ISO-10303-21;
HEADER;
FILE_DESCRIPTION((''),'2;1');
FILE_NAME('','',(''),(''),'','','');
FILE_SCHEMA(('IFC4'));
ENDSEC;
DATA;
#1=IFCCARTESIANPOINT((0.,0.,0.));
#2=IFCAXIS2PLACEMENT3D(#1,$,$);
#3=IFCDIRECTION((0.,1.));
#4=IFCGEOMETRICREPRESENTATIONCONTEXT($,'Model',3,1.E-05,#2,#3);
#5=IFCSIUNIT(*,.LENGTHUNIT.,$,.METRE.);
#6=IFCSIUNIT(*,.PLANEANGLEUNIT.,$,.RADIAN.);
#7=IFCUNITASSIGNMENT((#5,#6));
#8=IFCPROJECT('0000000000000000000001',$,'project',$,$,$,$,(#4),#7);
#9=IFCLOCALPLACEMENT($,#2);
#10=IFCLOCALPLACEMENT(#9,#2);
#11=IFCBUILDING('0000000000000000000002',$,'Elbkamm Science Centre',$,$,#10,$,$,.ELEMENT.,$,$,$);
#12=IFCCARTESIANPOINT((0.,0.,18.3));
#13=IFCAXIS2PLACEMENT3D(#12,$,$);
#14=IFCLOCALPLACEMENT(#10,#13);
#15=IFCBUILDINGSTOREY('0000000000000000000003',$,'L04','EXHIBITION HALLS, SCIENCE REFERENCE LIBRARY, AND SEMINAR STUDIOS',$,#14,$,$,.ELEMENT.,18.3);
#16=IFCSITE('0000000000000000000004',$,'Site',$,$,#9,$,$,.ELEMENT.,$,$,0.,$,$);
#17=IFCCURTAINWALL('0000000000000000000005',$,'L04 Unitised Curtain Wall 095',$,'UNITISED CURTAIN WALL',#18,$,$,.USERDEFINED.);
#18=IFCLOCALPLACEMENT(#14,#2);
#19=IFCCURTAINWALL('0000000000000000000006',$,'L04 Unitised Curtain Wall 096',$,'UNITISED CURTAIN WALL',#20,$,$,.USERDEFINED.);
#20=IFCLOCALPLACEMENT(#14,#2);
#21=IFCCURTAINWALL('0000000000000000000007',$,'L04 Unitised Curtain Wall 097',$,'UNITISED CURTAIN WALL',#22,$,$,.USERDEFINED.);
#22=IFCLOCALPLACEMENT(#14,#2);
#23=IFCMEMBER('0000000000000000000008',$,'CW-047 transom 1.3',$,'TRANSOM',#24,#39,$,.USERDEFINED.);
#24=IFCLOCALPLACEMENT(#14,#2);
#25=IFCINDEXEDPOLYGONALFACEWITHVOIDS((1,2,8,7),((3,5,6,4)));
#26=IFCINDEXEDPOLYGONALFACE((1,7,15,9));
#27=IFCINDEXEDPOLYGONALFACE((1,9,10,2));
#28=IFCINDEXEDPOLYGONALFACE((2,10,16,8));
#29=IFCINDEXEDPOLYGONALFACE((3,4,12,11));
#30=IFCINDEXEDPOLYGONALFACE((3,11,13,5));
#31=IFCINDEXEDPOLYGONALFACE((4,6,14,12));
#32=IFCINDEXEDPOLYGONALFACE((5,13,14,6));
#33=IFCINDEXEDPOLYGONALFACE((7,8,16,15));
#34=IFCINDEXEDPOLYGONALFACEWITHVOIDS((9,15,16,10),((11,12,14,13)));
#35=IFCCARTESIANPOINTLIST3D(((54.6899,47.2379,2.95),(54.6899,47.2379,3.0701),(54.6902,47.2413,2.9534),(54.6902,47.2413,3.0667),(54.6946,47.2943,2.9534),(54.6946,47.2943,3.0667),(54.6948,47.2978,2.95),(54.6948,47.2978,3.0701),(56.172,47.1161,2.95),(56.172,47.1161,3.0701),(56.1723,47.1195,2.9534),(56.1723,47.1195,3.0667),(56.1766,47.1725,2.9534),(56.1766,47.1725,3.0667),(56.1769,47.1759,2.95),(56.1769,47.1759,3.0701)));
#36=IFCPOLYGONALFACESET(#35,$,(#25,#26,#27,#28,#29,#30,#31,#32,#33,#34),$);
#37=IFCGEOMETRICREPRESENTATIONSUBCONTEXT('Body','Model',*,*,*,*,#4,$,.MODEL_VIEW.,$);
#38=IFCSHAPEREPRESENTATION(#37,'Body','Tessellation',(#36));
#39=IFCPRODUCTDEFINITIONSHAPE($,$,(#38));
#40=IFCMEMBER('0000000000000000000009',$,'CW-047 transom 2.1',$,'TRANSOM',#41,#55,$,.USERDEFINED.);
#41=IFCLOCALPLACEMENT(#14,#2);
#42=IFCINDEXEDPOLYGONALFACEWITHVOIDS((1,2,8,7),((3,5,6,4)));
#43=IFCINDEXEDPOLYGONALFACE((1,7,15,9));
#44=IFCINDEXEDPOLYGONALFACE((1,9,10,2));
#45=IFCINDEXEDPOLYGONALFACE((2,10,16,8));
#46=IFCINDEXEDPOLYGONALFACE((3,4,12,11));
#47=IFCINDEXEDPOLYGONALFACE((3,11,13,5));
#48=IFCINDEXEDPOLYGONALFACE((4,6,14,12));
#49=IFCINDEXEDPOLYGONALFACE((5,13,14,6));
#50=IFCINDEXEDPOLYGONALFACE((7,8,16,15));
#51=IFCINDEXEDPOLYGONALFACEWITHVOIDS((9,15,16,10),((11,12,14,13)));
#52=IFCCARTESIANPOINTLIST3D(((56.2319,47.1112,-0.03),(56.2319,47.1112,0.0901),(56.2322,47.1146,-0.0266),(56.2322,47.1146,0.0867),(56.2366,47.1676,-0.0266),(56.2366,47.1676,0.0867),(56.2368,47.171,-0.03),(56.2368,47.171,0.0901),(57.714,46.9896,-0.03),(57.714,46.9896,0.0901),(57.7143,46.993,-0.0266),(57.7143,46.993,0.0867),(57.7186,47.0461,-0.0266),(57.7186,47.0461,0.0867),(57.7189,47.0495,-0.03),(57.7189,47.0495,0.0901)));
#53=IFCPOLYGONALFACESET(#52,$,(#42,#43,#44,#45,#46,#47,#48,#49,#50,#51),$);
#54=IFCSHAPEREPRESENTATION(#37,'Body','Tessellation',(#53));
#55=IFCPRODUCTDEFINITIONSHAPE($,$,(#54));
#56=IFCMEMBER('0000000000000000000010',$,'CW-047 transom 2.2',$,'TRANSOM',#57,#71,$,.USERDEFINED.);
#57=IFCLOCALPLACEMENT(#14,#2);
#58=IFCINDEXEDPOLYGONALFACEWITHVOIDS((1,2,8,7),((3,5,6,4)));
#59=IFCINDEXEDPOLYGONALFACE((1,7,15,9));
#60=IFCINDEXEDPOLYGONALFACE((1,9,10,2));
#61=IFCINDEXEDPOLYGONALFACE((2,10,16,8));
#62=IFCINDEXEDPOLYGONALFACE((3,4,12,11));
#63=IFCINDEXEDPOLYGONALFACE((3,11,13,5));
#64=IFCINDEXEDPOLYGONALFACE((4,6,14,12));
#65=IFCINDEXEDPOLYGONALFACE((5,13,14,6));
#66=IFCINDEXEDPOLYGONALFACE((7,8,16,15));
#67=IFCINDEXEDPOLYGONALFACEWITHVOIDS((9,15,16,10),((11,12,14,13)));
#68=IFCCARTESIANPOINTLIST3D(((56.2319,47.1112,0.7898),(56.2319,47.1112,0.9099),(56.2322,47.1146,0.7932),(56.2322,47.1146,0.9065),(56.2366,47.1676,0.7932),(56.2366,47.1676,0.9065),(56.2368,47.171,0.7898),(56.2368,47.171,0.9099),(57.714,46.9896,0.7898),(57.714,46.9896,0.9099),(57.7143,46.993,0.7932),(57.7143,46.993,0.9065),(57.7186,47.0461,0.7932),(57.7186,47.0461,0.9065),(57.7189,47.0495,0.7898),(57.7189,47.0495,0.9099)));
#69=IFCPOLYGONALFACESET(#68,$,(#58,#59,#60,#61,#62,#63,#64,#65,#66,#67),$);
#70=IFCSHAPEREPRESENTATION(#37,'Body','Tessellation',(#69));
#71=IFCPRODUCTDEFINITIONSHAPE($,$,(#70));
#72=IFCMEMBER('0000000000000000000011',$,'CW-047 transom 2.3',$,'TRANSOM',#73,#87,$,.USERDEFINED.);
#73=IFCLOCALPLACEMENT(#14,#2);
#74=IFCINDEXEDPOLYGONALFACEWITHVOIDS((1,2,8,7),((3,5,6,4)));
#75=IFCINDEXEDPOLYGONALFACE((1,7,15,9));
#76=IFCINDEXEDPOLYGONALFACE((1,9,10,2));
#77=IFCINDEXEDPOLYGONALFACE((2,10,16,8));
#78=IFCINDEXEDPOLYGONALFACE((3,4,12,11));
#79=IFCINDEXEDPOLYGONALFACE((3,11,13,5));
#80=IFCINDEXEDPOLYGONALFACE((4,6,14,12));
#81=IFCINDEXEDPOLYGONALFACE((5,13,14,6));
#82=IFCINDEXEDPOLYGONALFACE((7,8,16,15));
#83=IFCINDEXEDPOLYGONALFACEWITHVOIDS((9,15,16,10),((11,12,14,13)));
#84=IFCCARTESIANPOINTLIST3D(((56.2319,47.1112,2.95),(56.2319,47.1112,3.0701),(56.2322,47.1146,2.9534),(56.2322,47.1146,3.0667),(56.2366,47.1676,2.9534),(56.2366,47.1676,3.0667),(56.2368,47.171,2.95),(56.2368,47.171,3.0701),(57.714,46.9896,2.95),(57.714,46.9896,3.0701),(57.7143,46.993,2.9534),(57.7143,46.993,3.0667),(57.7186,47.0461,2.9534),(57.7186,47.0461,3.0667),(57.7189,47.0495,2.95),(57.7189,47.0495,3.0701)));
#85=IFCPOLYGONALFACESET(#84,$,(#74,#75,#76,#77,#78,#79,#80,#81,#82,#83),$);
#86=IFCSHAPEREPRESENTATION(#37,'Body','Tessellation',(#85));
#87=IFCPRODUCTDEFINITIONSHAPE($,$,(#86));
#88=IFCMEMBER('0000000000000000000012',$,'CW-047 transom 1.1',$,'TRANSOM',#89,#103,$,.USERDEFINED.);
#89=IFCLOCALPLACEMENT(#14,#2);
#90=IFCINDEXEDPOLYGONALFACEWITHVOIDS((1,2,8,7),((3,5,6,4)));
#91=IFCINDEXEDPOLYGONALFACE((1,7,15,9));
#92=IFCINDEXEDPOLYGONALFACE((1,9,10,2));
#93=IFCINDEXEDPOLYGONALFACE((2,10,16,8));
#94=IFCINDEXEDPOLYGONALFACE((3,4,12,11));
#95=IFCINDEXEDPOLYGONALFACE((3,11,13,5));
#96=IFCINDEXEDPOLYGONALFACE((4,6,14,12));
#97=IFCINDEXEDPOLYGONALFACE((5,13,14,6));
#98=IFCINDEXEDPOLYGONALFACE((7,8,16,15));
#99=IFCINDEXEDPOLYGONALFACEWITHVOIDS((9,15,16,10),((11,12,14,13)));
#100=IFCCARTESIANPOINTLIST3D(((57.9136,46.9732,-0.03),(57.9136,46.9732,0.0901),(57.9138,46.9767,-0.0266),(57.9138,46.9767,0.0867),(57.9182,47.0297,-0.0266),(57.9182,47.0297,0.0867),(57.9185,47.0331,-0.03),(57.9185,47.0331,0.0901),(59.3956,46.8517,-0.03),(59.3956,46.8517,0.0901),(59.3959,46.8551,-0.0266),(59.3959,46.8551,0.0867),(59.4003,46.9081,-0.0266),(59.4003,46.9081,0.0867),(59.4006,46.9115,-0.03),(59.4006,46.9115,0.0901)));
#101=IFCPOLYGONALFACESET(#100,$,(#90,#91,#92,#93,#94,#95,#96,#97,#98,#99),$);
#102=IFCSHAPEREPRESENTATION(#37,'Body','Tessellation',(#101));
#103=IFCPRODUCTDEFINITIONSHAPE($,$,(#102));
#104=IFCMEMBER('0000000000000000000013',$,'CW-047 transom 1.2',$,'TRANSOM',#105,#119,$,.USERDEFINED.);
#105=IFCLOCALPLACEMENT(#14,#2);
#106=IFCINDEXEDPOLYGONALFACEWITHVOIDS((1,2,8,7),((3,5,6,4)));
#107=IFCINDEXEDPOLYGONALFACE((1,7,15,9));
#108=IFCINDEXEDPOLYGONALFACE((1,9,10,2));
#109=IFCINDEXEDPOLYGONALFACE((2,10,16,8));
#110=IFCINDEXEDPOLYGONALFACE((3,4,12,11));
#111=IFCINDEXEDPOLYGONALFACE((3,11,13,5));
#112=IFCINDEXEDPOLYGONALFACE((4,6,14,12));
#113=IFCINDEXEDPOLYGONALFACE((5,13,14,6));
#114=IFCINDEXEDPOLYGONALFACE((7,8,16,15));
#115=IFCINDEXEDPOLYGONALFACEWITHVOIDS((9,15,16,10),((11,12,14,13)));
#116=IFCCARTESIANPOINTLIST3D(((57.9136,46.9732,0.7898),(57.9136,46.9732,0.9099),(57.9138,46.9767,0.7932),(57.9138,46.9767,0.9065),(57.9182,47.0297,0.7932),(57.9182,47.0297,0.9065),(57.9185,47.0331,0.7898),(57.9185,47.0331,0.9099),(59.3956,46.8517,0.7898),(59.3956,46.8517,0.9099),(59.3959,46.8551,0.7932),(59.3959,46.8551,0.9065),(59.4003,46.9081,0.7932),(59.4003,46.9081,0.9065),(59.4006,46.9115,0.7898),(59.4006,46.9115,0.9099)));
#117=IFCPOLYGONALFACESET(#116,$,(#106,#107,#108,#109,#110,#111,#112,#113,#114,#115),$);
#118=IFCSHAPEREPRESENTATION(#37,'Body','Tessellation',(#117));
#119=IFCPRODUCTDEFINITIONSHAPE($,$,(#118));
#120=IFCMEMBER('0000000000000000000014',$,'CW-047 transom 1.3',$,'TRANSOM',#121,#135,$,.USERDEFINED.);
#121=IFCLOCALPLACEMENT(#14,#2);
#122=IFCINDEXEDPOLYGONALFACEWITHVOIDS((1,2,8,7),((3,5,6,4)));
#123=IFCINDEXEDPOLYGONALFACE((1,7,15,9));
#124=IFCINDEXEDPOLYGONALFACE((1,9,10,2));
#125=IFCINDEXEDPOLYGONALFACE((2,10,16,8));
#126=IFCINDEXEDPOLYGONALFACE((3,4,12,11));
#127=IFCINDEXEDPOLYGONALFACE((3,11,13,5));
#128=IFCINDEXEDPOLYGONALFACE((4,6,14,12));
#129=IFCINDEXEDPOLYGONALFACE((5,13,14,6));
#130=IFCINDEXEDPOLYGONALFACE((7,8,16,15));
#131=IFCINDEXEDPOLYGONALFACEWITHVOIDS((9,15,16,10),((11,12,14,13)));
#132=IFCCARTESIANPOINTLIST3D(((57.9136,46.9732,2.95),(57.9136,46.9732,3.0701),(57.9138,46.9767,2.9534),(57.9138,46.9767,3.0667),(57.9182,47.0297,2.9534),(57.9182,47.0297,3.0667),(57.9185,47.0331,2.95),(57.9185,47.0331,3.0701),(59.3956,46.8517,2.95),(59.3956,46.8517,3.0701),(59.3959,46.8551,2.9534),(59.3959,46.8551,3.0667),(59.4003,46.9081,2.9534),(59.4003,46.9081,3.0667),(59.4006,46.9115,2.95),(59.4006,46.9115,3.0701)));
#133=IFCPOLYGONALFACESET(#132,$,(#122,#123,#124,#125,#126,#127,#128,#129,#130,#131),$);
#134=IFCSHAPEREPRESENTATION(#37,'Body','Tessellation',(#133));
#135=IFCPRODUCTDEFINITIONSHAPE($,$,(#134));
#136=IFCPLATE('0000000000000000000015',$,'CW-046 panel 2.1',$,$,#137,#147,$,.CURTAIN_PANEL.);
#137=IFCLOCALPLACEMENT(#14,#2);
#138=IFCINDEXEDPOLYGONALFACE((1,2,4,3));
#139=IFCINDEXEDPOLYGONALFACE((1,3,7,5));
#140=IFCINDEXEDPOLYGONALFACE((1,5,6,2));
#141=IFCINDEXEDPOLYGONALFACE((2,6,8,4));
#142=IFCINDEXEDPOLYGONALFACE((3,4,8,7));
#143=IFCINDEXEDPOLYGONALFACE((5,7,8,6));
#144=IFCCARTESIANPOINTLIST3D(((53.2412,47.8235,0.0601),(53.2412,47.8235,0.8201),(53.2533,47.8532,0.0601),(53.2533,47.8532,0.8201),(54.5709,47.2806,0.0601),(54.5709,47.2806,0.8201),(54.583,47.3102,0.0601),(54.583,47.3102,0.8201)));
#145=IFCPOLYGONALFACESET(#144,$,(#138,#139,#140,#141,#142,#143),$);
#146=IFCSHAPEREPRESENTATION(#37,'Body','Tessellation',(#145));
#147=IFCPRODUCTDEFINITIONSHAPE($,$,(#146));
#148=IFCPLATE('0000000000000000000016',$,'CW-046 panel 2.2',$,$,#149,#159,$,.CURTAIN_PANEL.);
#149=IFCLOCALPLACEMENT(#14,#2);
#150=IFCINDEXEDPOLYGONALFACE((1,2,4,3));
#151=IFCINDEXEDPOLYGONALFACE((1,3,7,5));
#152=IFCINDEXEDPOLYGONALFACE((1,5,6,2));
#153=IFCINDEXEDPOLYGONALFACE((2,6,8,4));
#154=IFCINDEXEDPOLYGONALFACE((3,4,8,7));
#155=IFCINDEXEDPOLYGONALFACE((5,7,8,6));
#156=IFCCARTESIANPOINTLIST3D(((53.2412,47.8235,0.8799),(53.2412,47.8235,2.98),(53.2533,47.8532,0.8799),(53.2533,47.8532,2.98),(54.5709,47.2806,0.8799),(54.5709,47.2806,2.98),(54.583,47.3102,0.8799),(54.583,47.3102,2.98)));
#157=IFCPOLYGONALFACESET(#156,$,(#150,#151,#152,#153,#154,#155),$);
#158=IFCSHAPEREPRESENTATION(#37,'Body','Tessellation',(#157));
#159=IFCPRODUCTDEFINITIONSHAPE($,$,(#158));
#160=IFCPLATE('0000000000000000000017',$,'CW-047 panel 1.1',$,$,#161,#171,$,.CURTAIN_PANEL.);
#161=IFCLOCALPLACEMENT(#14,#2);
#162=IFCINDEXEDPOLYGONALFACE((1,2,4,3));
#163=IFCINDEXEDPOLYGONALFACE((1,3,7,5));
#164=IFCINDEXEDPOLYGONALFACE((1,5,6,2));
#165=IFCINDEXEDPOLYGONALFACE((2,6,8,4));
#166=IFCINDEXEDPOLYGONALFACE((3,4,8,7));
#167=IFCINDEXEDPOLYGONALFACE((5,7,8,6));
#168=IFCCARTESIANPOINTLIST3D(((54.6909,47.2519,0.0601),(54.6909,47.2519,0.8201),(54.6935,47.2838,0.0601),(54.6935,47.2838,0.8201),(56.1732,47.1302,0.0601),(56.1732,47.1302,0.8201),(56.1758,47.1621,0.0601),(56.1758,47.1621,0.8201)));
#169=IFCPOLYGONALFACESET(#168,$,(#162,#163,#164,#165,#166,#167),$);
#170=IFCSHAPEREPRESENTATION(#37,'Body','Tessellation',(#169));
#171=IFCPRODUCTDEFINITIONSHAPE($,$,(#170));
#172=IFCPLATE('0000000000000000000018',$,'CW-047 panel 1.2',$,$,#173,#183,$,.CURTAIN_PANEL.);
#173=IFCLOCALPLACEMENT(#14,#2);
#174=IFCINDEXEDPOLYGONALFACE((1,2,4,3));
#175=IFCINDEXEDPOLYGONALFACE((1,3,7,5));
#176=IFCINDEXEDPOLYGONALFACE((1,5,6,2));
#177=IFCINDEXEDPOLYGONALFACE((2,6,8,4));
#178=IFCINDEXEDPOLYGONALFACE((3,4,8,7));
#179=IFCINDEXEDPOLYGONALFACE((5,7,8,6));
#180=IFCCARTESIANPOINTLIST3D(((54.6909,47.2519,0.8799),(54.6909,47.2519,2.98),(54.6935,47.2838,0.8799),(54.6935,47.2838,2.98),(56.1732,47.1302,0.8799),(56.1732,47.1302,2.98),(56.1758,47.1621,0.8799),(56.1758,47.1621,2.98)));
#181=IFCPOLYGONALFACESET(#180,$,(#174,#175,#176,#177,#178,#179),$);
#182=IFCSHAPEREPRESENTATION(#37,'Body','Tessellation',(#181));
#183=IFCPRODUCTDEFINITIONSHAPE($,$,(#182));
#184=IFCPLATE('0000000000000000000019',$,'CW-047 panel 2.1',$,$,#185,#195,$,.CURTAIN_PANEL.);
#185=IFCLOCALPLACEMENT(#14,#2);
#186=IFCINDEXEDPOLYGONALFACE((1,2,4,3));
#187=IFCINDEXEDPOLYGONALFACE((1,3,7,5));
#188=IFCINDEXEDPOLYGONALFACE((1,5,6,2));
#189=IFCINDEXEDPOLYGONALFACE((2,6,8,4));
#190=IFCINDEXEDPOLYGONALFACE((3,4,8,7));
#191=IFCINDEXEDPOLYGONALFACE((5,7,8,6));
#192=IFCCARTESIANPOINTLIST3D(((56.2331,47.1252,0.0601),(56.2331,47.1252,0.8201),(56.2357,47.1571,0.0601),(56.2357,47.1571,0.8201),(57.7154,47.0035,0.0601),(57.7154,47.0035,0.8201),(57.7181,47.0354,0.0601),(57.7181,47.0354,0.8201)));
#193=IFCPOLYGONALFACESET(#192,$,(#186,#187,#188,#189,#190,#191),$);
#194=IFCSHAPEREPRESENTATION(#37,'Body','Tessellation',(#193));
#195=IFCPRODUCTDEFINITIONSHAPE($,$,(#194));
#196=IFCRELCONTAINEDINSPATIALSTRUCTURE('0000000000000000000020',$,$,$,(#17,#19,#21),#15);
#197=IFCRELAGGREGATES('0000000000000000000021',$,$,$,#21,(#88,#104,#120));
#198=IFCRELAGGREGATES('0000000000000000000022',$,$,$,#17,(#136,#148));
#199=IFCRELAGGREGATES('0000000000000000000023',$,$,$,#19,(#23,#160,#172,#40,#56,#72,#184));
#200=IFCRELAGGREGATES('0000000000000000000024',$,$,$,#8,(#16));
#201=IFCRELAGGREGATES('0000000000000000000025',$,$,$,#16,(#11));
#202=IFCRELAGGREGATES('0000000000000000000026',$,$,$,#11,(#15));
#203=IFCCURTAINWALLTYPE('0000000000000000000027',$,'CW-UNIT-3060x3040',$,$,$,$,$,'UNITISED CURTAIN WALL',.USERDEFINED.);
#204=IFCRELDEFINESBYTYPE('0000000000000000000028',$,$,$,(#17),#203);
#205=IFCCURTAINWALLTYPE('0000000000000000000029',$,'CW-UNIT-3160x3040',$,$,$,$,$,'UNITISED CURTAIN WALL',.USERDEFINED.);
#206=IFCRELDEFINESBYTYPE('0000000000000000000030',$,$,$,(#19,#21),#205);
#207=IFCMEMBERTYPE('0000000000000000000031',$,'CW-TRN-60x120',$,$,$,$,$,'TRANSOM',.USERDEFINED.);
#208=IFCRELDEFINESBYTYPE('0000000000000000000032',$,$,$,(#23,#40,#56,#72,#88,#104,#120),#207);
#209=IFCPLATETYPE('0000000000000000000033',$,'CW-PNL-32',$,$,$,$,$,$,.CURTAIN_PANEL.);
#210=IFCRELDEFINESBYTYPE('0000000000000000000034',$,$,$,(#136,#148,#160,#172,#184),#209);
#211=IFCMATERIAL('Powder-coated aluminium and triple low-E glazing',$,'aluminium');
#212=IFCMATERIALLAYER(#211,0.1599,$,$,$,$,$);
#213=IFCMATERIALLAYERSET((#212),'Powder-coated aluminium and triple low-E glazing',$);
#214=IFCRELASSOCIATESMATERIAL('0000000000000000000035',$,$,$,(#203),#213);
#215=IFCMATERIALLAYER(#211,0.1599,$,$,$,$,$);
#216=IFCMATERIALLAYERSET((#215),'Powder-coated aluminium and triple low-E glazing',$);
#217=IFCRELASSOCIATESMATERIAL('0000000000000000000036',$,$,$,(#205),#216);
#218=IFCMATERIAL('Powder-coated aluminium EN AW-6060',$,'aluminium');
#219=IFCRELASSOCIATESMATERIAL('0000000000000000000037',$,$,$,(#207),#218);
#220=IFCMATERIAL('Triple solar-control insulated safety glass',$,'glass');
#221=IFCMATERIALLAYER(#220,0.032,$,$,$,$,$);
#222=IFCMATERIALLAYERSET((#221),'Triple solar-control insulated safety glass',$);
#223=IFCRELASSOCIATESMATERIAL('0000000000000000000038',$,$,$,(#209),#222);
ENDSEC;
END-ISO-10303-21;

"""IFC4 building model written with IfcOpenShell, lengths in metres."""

from ifc_helpers import new_model, si_unit, direction, frame, origin, origin_2d, place, context, subcontext, project, spatial, rectangle, hollow_rectangle, extrude, material, layer, layer_set, material_profile, profile_set, type_object, element, aggregate, save


model = new_model("IFC4")

# Units and contexts
model_context = context("Model", 3, precision=1e-05, world=origin(), true_north=direction((0.0, 1.0)))
body_context = subcontext(model_context, "Body", "Model", "MODEL_VIEW")
ifc_project = project(units=[si_unit("LENGTHUNIT", "METRE"), si_unit("PLANEANGLEUNIT", "RADIAN")], contexts=[model_context])

# Site, building, storey
site_placement = place(None, origin())
site = spatial("IfcSite", under=ifc_project, at=site_placement, Name="Site", CompositionType="ELEMENT", RefElevation=0.0)
building_placement = place(site_placement, origin())
building = spatial("IfcBuilding", under=site, at=building_placement, Name="Elbkamm Science Centre", CompositionType="ELEMENT")
storey_placement = place(building_placement, frame((0.0, 0.0, 18.3)))
storey = spatial("IfcBuildingStorey", under=building, at=storey_placement, Name="L04", Description="EXHIBITION HALLS, SCIENCE REFERENCE LIBRARY, AND SEMINAR STUDIOS", CompositionType="ELEMENT", Elevation=18.3)

# Curtain walls
ifc_material_1 = material(Name="Powder-coated aluminium and triple low-E glazing", Category="aluminium")
ifc_layer_1 = layer(ifc_material_1, 0.1599)
ifc_layer_set_1 = layer_set([ifc_layer_1], Name="Powder-coated aluminium and triple low-E glazing")
curtain_wall_type_1 = type_object("IfcCurtainWallType", Name="CW-UNIT-3060x3040", ElementType="UNITISED CURTAIN WALL", PredefinedType="USERDEFINED", material=ifc_layer_set_1)
curtain_wall_1_placement = place(storey_placement, origin())
curtain_wall_1 = element("IfcCurtainWall", 1, at=curtain_wall_1_placement, inside=storey, type_object=curtain_wall_type_1, Name="L04 Unitised Curtain Wall 095", ObjectType="UNITISED CURTAIN WALL", PredefinedType="USERDEFINED")
ifc_material_2 = material(Name="Powder-coated aluminium EN AW-6060", Category="aluminium")
ifc_layer_2 = layer(ifc_material_1, 0.1599)
ifc_layer_set_2 = layer_set([ifc_layer_2], Name="Powder-coated aluminium and triple low-E glazing")
curtain_wall_type_2 = type_object("IfcCurtainWallType", Name="CW-UNIT-3160x3040", ElementType="UNITISED CURTAIN WALL", PredefinedType="USERDEFINED", material=ifc_layer_set_2)
curtain_wall_2_placement = place(storey_placement, origin())
curtain_wall_2 = element("IfcCurtainWall", 2, at=curtain_wall_2_placement, inside=storey, type_object=curtain_wall_type_2, Name="L04 Unitised Curtain Wall 096", ObjectType="UNITISED CURTAIN WALL", PredefinedType="USERDEFINED")

# Curtain wall
curtain_wall_3_placement = place(storey_placement, origin())
curtain_wall_3 = element("IfcCurtainWall", 3, at=curtain_wall_3_placement, inside=storey, type_object=curtain_wall_type_2, Name="L04 Unitised Curtain Wall 097", ObjectType="UNITISED CURTAIN WALL", PredefinedType="USERDEFINED")

# Members
ifc_material_profile_1 = material_profile(ifc_material_2, hollow_rectangle(XDim=0.0601, YDim=0.1201, WallThickness=0.0034, at=origin_2d()), Name="ALU T60x120")
ifc_profile_set_1 = profile_set([ifc_material_profile_1], Name="Powder-coated aluminium EN AW-6060")
member_type_1 = type_object("IfcMemberType", Name="CW-TRN-60x120", ElementType="TRANSOM", PredefinedType="USERDEFINED", material=ifc_profile_set_1)
member_1_placement = place(storey_placement, frame((54.6924, 47.2678, 3.01), z_axis=(0.996639, -0.081918, 0.0), x_axis=(0.081918, 0.996639, 0.0)))
member_1 = element("IfcMember", 4, at=member_1_placement, type_object=member_type_1, Name="CW-047 transom 1.3", ObjectType="TRANSOM", PredefinedType="USERDEFINED", context=body_context, shape_type="SweptSolid", body=[
    extrude(hollow_rectangle(XDim=0.0601, YDim=0.1201, WallThickness=0.0034, at=origin_2d()), origin(), (0.0, 0.0, 1.0), 1.4871),
])
member_2_placement = place(storey_placement, frame((56.2344, 47.1411, 0.03), z_axis=(0.996652, -0.081755, 0.0), x_axis=(0.081755, 0.996652, 0.0)))
member_2 = element("IfcMember", 5, at=member_2_placement, type_object=member_type_1, Name="CW-047 transom 2.1", ObjectType="TRANSOM", PredefinedType="USERDEFINED", context=body_context, shape_type="SweptSolid", body=[
    extrude(hollow_rectangle(XDim=0.0601, YDim=0.1201, WallThickness=0.0034, at=origin_2d()), origin(), (0.0, 0.0, 1.0), 1.4871),
])
member_3_placement = place(storey_placement, frame((56.2344, 47.1411, 0.8499), z_axis=(0.996652, -0.081755, 0.0), x_axis=(0.081755, 0.996652, 0.0)))
member_3 = element("IfcMember", 6, at=member_3_placement, type_object=member_type_1, Name="CW-047 transom 2.2", ObjectType="TRANSOM", PredefinedType="USERDEFINED", context=body_context, shape_type="SweptSolid", body=[
    extrude(hollow_rectangle(XDim=0.0601, YDim=0.1201, WallThickness=0.0034, at=origin_2d()), origin(), (0.0, 0.0, 1.0), 1.4871),
])
member_4_placement = place(storey_placement, frame((56.2344, 47.1411, 3.01), z_axis=(0.996652, -0.081755, 0.0), x_axis=(0.081755, 0.996652, 0.0)))
member_4 = element("IfcMember", 7, at=member_4_placement, type_object=member_type_1, Name="CW-047 transom 2.3", ObjectType="TRANSOM", PredefinedType="USERDEFINED", context=body_context, shape_type="SweptSolid", body=[
    extrude(hollow_rectangle(XDim=0.0601, YDim=0.1201, WallThickness=0.0034, at=origin_2d()), origin(), (0.0, 0.0, 1.0), 1.4871),
])
member_5_placement = place(storey_placement, frame((57.916, 47.0032, 0.03), z_axis=(0.996652, -0.081755, 0.0), x_axis=(0.081755, 0.996652, 0.0)))
member_5 = element("IfcMember", 8, at=member_5_placement, type_object=member_type_1, Name="CW-047 transom 1.1", ObjectType="TRANSOM", PredefinedType="USERDEFINED", context=body_context, shape_type="SweptSolid", body=[
    extrude(hollow_rectangle(XDim=0.0601, YDim=0.1201, WallThickness=0.0034, at=origin_2d()), origin(), (0.0, 0.0, 1.0), 1.4871),
])
member_6_placement = place(storey_placement, frame((57.916, 47.0032, 0.8499), z_axis=(0.996652, -0.081755, 0.0), x_axis=(0.081755, 0.996652, 0.0)))
member_6 = element("IfcMember", 9, at=member_6_placement, type_object=member_type_1, Name="CW-047 transom 1.2", ObjectType="TRANSOM", PredefinedType="USERDEFINED", context=body_context, shape_type="SweptSolid", body=[
    extrude(hollow_rectangle(XDim=0.0601, YDim=0.1201, WallThickness=0.0034, at=origin_2d()), origin(), (0.0, 0.0, 1.0), 1.4871),
])
member_7_placement = place(storey_placement, frame((57.916, 47.0032, 3.01), z_axis=(0.996652, -0.081755, 0.0), x_axis=(0.081755, 0.996652, 0.0)))
member_7 = element("IfcMember", 10, at=member_7_placement, type_object=member_type_1, Name="CW-047 transom 1.3", ObjectType="TRANSOM", PredefinedType="USERDEFINED", context=body_context, shape_type="SweptSolid", body=[
    extrude(hollow_rectangle(XDim=0.0601, YDim=0.1201, WallThickness=0.0034, at=origin_2d()), origin(), (0.0, 0.0, 1.0), 1.4871),
])
aggregate(curtain_wall_3, [member_5, member_6, member_7])

# Plates
ifc_material_3 = material(Name="Triple solar-control insulated safety glass", Category="glass")
ifc_layer_3 = layer(ifc_material_3, 0.032)
ifc_layer_set_3 = layer_set([ifc_layer_3], Name="Triple solar-control insulated safety glass")
plate_type = type_object("IfcPlateType", Name="CW-PNL-32", PredefinedType="CURTAIN_PANEL", material=ifc_layer_set_3)
plate_1_placement = place(storey_placement, frame((53.9121, 47.5669, 0.0601), z_axis=(0.0, 0.0, 1.0), x_axis=(0.925805, -0.378001, 0.0)))
plate_1 = element("IfcPlate", 11, at=plate_1_placement, type_object=plate_type, Name="CW-046 panel 2.1", PredefinedType="CURTAIN_PANEL", context=body_context, shape_type="SweptSolid", body=[
    extrude(rectangle(XDim=1.4363, YDim=0.032, at=origin_2d()), origin(), (0.0, 0.0, 1.0), 0.76),
])
plate_2_placement = place(storey_placement, frame((53.9121, 47.5669, 0.8799), z_axis=(0.0, 0.0, 1.0), x_axis=(0.925805, -0.378001, 0.0)))
plate_2 = element("IfcPlate", 12, at=plate_2_placement, type_object=plate_type, Name="CW-046 panel 2.2", PredefinedType="CURTAIN_PANEL", context=body_context, shape_type="SweptSolid", body=[
    extrude(rectangle(XDim=1.4363, YDim=0.032, at=origin_2d()), origin(), (0.0, 0.0, 1.0), 2.1001),
])
aggregate(curtain_wall_1, [plate_1, plate_2])
plate_3_placement = place(storey_placement, frame((55.4333, 47.207, 0.0601), z_axis=(0.0, 0.0, 1.0), x_axis=(0.996647, -0.08182, 0.0)))
plate_3 = element("IfcPlate", 13, at=plate_3_placement, type_object=plate_type, Name="CW-047 panel 1.1", PredefinedType="CURTAIN_PANEL", context=body_context, shape_type="SweptSolid", body=[
    extrude(rectangle(XDim=1.4873, YDim=0.032, at=origin_2d()), origin(), (0.0, 0.0, 1.0), 0.76),
])
plate_4_placement = place(storey_placement, frame((55.4333, 47.207, 0.8799), z_axis=(0.0, 0.0, 1.0), x_axis=(0.996647, -0.08182, 0.0)))
plate_4 = element("IfcPlate", 14, at=plate_4_placement, type_object=plate_type, Name="CW-047 panel 1.2", PredefinedType="CURTAIN_PANEL", context=body_context, shape_type="SweptSolid", body=[
    extrude(rectangle(XDim=1.4873, YDim=0.032, at=origin_2d()), origin(), (0.0, 0.0, 1.0), 2.1001),
])
plate_5_placement = place(storey_placement, frame((56.9756, 47.0803, 0.0601), z_axis=(0.0, 0.0, 1.0), x_axis=(0.996647, -0.08182, 0.0)))
plate_5 = element("IfcPlate", 15, at=plate_5_placement, type_object=plate_type, Name="CW-047 panel 2.1", PredefinedType="CURTAIN_PANEL", context=body_context, shape_type="SweptSolid", body=[
    extrude(rectangle(XDim=1.4873, YDim=0.032, at=origin_2d()), origin(), (0.0, 0.0, 1.0), 0.76),
])
aggregate(curtain_wall_2, [member_1, plate_3, plate_4, member_2, member_3, member_4, plate_5])

save(model, "model.ifc")
